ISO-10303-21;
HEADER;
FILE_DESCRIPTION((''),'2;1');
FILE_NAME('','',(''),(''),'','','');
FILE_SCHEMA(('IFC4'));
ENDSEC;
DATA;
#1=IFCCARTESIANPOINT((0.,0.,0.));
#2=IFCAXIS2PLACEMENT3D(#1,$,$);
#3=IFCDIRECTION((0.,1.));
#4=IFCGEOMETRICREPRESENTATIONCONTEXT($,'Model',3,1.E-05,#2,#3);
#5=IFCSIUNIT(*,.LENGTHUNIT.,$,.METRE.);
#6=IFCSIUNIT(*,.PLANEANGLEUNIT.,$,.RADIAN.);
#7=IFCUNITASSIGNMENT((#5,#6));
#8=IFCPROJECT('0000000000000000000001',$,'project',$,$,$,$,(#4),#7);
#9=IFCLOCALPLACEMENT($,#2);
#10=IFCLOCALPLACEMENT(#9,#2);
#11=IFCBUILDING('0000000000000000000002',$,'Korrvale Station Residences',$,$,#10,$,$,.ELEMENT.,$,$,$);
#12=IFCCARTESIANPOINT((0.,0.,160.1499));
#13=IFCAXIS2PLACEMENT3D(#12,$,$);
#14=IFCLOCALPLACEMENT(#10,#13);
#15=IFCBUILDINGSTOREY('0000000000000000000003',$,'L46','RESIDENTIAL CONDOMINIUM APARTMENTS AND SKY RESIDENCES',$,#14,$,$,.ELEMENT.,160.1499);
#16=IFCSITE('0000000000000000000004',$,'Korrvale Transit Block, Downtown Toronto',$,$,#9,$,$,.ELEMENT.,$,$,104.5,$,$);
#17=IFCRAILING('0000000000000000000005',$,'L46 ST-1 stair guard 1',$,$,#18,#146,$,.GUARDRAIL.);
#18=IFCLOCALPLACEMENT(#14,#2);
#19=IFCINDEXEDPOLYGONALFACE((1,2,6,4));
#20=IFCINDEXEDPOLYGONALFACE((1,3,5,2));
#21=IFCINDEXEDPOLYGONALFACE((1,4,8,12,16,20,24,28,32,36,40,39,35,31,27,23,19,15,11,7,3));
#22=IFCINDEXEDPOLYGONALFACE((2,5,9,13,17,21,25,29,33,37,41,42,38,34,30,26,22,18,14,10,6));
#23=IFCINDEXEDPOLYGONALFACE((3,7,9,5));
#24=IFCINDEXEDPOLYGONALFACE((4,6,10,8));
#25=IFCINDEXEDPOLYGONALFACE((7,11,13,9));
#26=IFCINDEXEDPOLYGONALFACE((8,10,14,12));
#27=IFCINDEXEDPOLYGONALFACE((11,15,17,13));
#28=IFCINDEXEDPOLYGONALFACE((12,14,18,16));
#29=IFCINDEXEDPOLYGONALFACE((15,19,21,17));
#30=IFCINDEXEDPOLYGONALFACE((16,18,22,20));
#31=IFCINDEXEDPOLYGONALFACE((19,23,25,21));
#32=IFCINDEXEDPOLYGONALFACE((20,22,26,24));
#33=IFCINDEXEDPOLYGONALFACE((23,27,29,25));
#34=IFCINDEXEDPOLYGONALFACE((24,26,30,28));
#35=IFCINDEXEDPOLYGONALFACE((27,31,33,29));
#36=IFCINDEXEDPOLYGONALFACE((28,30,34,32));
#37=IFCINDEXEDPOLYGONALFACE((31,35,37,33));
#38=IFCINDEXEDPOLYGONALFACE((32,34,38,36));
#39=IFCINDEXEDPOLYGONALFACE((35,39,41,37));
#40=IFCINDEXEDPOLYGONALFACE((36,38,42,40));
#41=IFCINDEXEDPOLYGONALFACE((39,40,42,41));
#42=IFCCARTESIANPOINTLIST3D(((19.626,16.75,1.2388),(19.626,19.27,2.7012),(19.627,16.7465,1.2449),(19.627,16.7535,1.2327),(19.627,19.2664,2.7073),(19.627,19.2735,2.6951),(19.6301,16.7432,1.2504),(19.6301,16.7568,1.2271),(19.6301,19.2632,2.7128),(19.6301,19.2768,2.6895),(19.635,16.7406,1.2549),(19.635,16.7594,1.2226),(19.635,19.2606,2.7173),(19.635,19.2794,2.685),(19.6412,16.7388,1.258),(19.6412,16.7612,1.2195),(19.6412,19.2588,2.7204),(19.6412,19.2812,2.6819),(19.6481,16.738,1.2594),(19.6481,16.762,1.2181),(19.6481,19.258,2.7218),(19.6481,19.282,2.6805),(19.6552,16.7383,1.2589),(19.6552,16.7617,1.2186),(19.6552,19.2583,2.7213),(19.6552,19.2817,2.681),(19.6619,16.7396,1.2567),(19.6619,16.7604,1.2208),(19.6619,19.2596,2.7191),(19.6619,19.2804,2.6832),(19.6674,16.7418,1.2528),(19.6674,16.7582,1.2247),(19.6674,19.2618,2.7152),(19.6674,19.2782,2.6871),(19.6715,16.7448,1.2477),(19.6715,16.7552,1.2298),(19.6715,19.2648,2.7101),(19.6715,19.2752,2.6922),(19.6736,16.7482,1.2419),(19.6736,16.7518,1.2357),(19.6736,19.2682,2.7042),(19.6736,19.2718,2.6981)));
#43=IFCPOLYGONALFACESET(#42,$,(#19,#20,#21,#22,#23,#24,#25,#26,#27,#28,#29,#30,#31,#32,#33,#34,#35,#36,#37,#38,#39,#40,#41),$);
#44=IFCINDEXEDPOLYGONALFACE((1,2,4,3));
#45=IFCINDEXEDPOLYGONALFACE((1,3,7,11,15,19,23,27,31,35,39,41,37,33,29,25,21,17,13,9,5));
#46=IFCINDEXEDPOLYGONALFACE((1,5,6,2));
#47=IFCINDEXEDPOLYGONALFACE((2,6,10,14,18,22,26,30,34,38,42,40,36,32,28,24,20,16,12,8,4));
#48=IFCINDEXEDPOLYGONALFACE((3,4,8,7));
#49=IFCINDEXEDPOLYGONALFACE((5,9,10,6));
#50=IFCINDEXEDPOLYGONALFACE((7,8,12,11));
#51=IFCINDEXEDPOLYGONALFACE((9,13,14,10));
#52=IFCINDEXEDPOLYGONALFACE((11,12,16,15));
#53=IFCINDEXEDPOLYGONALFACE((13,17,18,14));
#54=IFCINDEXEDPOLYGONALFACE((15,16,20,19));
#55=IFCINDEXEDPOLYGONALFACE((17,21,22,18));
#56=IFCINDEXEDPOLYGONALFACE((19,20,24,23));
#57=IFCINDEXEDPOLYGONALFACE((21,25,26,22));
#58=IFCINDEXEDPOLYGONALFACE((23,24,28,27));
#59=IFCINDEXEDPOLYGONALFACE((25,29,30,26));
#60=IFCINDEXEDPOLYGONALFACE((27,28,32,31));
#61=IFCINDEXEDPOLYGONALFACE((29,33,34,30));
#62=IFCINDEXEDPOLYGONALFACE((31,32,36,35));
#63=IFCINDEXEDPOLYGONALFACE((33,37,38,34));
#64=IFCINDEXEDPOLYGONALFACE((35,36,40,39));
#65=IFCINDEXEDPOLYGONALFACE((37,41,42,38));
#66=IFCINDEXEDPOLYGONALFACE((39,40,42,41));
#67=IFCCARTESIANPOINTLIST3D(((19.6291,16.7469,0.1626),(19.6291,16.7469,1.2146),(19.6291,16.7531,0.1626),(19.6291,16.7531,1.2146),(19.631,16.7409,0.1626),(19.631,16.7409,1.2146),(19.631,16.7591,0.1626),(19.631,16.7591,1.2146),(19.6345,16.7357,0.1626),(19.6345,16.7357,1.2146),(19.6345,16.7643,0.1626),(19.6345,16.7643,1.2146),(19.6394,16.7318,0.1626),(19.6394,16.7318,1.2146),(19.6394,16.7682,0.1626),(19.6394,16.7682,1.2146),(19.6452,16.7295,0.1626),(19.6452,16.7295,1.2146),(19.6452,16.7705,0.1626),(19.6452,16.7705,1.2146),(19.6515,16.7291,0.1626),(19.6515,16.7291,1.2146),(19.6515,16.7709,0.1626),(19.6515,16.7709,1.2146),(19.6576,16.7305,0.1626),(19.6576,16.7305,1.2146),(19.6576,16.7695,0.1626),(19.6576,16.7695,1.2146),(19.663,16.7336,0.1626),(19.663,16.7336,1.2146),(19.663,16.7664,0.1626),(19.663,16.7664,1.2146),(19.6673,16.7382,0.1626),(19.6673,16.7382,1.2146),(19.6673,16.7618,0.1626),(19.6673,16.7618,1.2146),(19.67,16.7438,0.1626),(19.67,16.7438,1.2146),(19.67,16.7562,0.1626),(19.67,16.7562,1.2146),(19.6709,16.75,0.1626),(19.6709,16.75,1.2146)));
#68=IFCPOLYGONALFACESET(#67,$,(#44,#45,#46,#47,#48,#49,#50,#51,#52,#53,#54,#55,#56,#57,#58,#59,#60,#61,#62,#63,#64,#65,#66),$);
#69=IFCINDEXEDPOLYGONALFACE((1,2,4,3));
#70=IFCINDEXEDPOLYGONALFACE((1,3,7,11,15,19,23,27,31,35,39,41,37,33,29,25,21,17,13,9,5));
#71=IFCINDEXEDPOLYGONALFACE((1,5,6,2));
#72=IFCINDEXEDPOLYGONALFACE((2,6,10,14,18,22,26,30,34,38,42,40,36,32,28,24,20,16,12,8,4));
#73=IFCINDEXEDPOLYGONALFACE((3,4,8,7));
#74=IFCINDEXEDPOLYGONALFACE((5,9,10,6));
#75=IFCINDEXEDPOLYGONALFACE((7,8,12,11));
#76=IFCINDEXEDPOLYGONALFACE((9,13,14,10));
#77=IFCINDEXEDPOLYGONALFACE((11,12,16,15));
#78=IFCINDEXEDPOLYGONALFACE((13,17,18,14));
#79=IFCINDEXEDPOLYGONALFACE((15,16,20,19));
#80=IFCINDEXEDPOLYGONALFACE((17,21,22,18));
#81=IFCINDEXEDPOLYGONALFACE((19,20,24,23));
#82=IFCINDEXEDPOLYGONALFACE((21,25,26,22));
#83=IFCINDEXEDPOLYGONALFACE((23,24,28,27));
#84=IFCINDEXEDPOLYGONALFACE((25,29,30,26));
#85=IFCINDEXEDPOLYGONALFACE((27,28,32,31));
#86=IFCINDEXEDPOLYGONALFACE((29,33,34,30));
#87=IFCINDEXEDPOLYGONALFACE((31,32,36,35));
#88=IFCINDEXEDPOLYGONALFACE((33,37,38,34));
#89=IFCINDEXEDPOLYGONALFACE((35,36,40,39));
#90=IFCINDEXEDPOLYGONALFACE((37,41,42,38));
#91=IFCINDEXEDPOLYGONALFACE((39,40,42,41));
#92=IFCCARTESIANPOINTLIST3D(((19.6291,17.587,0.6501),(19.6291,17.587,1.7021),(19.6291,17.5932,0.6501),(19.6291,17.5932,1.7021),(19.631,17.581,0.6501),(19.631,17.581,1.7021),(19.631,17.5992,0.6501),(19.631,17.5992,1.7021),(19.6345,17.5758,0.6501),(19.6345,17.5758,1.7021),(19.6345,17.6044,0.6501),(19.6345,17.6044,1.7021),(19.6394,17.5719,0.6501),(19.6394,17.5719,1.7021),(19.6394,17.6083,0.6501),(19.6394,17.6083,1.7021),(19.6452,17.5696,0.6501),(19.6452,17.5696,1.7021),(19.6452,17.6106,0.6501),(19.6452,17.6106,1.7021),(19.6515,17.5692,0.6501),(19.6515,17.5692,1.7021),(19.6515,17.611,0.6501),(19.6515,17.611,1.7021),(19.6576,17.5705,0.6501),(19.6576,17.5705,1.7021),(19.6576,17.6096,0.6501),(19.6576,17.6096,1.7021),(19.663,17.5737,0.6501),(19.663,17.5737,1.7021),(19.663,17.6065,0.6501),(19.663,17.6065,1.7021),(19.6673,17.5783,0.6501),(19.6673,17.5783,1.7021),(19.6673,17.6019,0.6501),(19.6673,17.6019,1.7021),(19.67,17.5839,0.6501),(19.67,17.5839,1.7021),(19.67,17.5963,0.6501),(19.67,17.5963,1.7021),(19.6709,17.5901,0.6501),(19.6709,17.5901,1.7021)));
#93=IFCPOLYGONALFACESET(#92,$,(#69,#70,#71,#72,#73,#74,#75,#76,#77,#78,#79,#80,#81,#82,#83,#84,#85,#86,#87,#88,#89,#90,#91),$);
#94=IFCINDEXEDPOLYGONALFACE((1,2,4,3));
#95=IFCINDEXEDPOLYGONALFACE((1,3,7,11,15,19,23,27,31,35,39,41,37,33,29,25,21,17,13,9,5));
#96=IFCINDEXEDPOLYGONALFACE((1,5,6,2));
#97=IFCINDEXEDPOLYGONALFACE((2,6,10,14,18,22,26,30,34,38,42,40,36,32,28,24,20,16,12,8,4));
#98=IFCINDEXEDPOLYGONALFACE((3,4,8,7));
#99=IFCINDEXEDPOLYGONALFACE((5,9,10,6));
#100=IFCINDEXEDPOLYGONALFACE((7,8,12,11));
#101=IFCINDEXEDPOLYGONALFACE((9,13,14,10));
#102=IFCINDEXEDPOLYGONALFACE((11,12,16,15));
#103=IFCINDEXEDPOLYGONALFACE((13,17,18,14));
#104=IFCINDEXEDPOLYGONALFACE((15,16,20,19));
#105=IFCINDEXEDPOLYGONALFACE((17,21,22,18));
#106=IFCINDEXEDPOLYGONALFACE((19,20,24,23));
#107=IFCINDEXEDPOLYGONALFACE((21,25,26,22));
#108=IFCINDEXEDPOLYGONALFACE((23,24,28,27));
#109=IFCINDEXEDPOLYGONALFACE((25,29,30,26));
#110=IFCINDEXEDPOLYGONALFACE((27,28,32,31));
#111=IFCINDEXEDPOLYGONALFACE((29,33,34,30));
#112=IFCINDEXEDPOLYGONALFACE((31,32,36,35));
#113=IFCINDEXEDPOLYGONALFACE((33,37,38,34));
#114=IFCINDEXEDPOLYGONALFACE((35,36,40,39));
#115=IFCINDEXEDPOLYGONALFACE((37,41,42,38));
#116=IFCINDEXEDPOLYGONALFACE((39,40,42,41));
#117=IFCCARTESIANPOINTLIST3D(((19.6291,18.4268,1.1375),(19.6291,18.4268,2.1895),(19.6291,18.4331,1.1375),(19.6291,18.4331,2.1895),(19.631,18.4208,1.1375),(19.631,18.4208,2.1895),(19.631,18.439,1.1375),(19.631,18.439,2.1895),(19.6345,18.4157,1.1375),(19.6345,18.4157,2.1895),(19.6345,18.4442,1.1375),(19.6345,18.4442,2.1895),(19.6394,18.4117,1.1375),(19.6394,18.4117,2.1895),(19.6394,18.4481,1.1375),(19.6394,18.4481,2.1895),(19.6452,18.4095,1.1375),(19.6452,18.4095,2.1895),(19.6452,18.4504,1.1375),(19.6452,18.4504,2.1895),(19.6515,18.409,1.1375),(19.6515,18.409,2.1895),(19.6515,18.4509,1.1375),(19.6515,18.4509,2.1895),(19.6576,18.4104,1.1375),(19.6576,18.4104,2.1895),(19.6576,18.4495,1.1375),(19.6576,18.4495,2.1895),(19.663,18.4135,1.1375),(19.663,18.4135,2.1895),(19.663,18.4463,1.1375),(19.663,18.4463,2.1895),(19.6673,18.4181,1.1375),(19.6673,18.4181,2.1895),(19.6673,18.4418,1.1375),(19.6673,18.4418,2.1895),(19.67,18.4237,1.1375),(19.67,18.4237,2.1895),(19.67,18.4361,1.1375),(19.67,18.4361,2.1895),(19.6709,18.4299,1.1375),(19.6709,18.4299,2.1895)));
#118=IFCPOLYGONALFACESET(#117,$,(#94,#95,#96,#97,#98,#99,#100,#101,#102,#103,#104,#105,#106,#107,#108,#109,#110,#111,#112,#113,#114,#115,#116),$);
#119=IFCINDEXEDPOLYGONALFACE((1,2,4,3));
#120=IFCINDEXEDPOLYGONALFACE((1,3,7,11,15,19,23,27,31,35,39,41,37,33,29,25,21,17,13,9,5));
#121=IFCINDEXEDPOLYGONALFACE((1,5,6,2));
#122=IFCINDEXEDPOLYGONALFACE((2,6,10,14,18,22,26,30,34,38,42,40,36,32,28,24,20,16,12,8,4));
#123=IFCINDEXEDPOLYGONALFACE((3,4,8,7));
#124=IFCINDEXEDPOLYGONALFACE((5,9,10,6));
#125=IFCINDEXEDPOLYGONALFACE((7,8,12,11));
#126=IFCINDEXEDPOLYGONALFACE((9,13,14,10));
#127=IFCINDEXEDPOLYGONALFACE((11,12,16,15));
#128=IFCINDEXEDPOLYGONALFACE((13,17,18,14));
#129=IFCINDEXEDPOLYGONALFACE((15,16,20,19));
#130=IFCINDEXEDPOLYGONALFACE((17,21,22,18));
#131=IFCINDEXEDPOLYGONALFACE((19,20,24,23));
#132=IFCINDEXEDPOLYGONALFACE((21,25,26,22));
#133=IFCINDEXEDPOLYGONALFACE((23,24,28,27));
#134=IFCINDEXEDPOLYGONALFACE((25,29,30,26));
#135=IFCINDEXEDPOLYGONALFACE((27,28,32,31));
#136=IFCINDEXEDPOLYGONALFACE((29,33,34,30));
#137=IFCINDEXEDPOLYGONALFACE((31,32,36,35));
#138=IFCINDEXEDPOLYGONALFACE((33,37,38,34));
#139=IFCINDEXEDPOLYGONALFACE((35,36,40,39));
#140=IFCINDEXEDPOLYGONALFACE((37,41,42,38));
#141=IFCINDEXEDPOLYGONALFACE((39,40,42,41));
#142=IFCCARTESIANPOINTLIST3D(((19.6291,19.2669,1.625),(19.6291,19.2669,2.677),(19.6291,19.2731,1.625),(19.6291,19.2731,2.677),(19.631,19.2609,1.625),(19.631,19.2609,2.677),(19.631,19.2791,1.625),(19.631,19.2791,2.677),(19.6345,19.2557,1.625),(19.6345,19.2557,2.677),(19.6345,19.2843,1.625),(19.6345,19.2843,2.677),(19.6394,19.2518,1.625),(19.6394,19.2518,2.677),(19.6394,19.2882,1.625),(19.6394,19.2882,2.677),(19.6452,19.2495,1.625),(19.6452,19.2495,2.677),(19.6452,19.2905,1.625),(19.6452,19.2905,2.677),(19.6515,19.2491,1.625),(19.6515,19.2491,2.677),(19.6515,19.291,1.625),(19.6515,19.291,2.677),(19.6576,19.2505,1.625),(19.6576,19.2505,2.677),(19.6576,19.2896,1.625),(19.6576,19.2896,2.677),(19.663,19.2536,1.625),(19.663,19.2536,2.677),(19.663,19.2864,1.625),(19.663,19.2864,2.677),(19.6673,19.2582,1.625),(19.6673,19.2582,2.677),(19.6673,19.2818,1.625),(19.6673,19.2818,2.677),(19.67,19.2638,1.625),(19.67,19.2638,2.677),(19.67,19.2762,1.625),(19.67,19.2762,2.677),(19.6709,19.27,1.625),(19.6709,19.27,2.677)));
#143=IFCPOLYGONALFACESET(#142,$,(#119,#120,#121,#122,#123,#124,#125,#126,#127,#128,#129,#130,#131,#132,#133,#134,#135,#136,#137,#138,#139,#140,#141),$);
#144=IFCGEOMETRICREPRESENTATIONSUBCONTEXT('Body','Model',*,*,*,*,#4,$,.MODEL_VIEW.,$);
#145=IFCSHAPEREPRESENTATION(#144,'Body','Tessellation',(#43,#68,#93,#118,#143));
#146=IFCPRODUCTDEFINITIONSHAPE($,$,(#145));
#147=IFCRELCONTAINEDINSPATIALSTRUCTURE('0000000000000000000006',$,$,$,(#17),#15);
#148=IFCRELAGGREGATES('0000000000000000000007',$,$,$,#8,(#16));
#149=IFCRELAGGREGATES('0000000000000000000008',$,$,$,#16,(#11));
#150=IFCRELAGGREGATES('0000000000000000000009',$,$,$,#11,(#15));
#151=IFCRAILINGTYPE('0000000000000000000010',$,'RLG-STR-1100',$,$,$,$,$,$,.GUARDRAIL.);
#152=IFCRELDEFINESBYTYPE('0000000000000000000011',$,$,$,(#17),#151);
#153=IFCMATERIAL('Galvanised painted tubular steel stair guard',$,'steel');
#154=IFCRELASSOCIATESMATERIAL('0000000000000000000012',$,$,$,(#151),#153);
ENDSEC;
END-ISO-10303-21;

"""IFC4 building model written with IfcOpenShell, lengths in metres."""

from ifc_helpers import new_model, si_unit, direction, frame, origin, origin_2d, place, context, subcontext, project, spatial, circle, extrude, material, type_object, element, save


model = new_model("IFC4")

# Units and contexts
model_context = context("Model", 3, precision=1e-05, world=origin(), true_north=direction((0.0, 1.0)))
body_context = subcontext(model_context, "Body", "Model", "MODEL_VIEW")
ifc_project = project(units=[si_unit("LENGTHUNIT", "METRE"), si_unit("PLANEANGLEUNIT", "RADIAN")], contexts=[model_context])

# Site, building, storey
site_placement = place(None, origin())
site = spatial("IfcSite", under=ifc_project, at=site_placement, Name="Korrvale Transit Block, Downtown Toronto", CompositionType="ELEMENT", RefElevation=104.5)
building_placement = place(site_placement, origin())
building = spatial("IfcBuilding", under=site, at=building_placement, Name="Korrvale Station Residences", CompositionType="ELEMENT")
storey_placement = place(building_placement, frame((0.0, 0.0, 160.1499)))
storey = spatial("IfcBuildingStorey", under=building, at=storey_placement, Name="L46", Description="RESIDENTIAL CONDOMINIUM APARTMENTS AND SKY RESIDENCES", CompositionType="ELEMENT", Elevation=160.1499)

# Railing
ifc_material_1 = material(Name="Galvanised painted tubular steel stair guard", Category="steel")
railing_type_1 = type_object("IfcRailingType", Name="RLG-STR-1100", PredefinedType="GUARDRAIL", material=ifc_material_1)
railing_1_placement = place(storey_placement, frame((19.6499, 16.75, 0.1626)))
element("IfcRailing", 1, at=railing_1_placement, inside=storey, type_object=railing_type_1, Name="L46 ST-1 stair guard 1", PredefinedType="GUARDRAIL", context=body_context, shape_type="SweptSolid", body=[
    extrude(circle(Radius=0.0239, at=origin_2d()), frame((0.0, 0.0, 1.0762), z_axis=(0.0, 0.864913, 0.501921), x_axis=(-1.0, 0.0, 0.0)), (0.0, 0.0, 1.0), 2.9136),
    extrude(circle(Radius=0.021, at=origin_2d()), origin(), (0.0, 0.0, 1.0), 1.052),
    extrude(circle(Radius=0.021, at=origin_2d()), frame((0.0, 0.8401, 0.4875)), (0.0, 0.0, 1.0), 1.052),
    extrude(circle(Radius=0.021, at=origin_2d()), frame((0.0, 1.6799, 0.9749)), (0.0, 0.0, 1.0), 1.052),
    extrude(circle(Radius=0.021, at=origin_2d()), frame((0.0, 2.52, 1.4624)), (0.0, 0.0, 1.0), 1.052),
])

save(model, "model.ifc")
